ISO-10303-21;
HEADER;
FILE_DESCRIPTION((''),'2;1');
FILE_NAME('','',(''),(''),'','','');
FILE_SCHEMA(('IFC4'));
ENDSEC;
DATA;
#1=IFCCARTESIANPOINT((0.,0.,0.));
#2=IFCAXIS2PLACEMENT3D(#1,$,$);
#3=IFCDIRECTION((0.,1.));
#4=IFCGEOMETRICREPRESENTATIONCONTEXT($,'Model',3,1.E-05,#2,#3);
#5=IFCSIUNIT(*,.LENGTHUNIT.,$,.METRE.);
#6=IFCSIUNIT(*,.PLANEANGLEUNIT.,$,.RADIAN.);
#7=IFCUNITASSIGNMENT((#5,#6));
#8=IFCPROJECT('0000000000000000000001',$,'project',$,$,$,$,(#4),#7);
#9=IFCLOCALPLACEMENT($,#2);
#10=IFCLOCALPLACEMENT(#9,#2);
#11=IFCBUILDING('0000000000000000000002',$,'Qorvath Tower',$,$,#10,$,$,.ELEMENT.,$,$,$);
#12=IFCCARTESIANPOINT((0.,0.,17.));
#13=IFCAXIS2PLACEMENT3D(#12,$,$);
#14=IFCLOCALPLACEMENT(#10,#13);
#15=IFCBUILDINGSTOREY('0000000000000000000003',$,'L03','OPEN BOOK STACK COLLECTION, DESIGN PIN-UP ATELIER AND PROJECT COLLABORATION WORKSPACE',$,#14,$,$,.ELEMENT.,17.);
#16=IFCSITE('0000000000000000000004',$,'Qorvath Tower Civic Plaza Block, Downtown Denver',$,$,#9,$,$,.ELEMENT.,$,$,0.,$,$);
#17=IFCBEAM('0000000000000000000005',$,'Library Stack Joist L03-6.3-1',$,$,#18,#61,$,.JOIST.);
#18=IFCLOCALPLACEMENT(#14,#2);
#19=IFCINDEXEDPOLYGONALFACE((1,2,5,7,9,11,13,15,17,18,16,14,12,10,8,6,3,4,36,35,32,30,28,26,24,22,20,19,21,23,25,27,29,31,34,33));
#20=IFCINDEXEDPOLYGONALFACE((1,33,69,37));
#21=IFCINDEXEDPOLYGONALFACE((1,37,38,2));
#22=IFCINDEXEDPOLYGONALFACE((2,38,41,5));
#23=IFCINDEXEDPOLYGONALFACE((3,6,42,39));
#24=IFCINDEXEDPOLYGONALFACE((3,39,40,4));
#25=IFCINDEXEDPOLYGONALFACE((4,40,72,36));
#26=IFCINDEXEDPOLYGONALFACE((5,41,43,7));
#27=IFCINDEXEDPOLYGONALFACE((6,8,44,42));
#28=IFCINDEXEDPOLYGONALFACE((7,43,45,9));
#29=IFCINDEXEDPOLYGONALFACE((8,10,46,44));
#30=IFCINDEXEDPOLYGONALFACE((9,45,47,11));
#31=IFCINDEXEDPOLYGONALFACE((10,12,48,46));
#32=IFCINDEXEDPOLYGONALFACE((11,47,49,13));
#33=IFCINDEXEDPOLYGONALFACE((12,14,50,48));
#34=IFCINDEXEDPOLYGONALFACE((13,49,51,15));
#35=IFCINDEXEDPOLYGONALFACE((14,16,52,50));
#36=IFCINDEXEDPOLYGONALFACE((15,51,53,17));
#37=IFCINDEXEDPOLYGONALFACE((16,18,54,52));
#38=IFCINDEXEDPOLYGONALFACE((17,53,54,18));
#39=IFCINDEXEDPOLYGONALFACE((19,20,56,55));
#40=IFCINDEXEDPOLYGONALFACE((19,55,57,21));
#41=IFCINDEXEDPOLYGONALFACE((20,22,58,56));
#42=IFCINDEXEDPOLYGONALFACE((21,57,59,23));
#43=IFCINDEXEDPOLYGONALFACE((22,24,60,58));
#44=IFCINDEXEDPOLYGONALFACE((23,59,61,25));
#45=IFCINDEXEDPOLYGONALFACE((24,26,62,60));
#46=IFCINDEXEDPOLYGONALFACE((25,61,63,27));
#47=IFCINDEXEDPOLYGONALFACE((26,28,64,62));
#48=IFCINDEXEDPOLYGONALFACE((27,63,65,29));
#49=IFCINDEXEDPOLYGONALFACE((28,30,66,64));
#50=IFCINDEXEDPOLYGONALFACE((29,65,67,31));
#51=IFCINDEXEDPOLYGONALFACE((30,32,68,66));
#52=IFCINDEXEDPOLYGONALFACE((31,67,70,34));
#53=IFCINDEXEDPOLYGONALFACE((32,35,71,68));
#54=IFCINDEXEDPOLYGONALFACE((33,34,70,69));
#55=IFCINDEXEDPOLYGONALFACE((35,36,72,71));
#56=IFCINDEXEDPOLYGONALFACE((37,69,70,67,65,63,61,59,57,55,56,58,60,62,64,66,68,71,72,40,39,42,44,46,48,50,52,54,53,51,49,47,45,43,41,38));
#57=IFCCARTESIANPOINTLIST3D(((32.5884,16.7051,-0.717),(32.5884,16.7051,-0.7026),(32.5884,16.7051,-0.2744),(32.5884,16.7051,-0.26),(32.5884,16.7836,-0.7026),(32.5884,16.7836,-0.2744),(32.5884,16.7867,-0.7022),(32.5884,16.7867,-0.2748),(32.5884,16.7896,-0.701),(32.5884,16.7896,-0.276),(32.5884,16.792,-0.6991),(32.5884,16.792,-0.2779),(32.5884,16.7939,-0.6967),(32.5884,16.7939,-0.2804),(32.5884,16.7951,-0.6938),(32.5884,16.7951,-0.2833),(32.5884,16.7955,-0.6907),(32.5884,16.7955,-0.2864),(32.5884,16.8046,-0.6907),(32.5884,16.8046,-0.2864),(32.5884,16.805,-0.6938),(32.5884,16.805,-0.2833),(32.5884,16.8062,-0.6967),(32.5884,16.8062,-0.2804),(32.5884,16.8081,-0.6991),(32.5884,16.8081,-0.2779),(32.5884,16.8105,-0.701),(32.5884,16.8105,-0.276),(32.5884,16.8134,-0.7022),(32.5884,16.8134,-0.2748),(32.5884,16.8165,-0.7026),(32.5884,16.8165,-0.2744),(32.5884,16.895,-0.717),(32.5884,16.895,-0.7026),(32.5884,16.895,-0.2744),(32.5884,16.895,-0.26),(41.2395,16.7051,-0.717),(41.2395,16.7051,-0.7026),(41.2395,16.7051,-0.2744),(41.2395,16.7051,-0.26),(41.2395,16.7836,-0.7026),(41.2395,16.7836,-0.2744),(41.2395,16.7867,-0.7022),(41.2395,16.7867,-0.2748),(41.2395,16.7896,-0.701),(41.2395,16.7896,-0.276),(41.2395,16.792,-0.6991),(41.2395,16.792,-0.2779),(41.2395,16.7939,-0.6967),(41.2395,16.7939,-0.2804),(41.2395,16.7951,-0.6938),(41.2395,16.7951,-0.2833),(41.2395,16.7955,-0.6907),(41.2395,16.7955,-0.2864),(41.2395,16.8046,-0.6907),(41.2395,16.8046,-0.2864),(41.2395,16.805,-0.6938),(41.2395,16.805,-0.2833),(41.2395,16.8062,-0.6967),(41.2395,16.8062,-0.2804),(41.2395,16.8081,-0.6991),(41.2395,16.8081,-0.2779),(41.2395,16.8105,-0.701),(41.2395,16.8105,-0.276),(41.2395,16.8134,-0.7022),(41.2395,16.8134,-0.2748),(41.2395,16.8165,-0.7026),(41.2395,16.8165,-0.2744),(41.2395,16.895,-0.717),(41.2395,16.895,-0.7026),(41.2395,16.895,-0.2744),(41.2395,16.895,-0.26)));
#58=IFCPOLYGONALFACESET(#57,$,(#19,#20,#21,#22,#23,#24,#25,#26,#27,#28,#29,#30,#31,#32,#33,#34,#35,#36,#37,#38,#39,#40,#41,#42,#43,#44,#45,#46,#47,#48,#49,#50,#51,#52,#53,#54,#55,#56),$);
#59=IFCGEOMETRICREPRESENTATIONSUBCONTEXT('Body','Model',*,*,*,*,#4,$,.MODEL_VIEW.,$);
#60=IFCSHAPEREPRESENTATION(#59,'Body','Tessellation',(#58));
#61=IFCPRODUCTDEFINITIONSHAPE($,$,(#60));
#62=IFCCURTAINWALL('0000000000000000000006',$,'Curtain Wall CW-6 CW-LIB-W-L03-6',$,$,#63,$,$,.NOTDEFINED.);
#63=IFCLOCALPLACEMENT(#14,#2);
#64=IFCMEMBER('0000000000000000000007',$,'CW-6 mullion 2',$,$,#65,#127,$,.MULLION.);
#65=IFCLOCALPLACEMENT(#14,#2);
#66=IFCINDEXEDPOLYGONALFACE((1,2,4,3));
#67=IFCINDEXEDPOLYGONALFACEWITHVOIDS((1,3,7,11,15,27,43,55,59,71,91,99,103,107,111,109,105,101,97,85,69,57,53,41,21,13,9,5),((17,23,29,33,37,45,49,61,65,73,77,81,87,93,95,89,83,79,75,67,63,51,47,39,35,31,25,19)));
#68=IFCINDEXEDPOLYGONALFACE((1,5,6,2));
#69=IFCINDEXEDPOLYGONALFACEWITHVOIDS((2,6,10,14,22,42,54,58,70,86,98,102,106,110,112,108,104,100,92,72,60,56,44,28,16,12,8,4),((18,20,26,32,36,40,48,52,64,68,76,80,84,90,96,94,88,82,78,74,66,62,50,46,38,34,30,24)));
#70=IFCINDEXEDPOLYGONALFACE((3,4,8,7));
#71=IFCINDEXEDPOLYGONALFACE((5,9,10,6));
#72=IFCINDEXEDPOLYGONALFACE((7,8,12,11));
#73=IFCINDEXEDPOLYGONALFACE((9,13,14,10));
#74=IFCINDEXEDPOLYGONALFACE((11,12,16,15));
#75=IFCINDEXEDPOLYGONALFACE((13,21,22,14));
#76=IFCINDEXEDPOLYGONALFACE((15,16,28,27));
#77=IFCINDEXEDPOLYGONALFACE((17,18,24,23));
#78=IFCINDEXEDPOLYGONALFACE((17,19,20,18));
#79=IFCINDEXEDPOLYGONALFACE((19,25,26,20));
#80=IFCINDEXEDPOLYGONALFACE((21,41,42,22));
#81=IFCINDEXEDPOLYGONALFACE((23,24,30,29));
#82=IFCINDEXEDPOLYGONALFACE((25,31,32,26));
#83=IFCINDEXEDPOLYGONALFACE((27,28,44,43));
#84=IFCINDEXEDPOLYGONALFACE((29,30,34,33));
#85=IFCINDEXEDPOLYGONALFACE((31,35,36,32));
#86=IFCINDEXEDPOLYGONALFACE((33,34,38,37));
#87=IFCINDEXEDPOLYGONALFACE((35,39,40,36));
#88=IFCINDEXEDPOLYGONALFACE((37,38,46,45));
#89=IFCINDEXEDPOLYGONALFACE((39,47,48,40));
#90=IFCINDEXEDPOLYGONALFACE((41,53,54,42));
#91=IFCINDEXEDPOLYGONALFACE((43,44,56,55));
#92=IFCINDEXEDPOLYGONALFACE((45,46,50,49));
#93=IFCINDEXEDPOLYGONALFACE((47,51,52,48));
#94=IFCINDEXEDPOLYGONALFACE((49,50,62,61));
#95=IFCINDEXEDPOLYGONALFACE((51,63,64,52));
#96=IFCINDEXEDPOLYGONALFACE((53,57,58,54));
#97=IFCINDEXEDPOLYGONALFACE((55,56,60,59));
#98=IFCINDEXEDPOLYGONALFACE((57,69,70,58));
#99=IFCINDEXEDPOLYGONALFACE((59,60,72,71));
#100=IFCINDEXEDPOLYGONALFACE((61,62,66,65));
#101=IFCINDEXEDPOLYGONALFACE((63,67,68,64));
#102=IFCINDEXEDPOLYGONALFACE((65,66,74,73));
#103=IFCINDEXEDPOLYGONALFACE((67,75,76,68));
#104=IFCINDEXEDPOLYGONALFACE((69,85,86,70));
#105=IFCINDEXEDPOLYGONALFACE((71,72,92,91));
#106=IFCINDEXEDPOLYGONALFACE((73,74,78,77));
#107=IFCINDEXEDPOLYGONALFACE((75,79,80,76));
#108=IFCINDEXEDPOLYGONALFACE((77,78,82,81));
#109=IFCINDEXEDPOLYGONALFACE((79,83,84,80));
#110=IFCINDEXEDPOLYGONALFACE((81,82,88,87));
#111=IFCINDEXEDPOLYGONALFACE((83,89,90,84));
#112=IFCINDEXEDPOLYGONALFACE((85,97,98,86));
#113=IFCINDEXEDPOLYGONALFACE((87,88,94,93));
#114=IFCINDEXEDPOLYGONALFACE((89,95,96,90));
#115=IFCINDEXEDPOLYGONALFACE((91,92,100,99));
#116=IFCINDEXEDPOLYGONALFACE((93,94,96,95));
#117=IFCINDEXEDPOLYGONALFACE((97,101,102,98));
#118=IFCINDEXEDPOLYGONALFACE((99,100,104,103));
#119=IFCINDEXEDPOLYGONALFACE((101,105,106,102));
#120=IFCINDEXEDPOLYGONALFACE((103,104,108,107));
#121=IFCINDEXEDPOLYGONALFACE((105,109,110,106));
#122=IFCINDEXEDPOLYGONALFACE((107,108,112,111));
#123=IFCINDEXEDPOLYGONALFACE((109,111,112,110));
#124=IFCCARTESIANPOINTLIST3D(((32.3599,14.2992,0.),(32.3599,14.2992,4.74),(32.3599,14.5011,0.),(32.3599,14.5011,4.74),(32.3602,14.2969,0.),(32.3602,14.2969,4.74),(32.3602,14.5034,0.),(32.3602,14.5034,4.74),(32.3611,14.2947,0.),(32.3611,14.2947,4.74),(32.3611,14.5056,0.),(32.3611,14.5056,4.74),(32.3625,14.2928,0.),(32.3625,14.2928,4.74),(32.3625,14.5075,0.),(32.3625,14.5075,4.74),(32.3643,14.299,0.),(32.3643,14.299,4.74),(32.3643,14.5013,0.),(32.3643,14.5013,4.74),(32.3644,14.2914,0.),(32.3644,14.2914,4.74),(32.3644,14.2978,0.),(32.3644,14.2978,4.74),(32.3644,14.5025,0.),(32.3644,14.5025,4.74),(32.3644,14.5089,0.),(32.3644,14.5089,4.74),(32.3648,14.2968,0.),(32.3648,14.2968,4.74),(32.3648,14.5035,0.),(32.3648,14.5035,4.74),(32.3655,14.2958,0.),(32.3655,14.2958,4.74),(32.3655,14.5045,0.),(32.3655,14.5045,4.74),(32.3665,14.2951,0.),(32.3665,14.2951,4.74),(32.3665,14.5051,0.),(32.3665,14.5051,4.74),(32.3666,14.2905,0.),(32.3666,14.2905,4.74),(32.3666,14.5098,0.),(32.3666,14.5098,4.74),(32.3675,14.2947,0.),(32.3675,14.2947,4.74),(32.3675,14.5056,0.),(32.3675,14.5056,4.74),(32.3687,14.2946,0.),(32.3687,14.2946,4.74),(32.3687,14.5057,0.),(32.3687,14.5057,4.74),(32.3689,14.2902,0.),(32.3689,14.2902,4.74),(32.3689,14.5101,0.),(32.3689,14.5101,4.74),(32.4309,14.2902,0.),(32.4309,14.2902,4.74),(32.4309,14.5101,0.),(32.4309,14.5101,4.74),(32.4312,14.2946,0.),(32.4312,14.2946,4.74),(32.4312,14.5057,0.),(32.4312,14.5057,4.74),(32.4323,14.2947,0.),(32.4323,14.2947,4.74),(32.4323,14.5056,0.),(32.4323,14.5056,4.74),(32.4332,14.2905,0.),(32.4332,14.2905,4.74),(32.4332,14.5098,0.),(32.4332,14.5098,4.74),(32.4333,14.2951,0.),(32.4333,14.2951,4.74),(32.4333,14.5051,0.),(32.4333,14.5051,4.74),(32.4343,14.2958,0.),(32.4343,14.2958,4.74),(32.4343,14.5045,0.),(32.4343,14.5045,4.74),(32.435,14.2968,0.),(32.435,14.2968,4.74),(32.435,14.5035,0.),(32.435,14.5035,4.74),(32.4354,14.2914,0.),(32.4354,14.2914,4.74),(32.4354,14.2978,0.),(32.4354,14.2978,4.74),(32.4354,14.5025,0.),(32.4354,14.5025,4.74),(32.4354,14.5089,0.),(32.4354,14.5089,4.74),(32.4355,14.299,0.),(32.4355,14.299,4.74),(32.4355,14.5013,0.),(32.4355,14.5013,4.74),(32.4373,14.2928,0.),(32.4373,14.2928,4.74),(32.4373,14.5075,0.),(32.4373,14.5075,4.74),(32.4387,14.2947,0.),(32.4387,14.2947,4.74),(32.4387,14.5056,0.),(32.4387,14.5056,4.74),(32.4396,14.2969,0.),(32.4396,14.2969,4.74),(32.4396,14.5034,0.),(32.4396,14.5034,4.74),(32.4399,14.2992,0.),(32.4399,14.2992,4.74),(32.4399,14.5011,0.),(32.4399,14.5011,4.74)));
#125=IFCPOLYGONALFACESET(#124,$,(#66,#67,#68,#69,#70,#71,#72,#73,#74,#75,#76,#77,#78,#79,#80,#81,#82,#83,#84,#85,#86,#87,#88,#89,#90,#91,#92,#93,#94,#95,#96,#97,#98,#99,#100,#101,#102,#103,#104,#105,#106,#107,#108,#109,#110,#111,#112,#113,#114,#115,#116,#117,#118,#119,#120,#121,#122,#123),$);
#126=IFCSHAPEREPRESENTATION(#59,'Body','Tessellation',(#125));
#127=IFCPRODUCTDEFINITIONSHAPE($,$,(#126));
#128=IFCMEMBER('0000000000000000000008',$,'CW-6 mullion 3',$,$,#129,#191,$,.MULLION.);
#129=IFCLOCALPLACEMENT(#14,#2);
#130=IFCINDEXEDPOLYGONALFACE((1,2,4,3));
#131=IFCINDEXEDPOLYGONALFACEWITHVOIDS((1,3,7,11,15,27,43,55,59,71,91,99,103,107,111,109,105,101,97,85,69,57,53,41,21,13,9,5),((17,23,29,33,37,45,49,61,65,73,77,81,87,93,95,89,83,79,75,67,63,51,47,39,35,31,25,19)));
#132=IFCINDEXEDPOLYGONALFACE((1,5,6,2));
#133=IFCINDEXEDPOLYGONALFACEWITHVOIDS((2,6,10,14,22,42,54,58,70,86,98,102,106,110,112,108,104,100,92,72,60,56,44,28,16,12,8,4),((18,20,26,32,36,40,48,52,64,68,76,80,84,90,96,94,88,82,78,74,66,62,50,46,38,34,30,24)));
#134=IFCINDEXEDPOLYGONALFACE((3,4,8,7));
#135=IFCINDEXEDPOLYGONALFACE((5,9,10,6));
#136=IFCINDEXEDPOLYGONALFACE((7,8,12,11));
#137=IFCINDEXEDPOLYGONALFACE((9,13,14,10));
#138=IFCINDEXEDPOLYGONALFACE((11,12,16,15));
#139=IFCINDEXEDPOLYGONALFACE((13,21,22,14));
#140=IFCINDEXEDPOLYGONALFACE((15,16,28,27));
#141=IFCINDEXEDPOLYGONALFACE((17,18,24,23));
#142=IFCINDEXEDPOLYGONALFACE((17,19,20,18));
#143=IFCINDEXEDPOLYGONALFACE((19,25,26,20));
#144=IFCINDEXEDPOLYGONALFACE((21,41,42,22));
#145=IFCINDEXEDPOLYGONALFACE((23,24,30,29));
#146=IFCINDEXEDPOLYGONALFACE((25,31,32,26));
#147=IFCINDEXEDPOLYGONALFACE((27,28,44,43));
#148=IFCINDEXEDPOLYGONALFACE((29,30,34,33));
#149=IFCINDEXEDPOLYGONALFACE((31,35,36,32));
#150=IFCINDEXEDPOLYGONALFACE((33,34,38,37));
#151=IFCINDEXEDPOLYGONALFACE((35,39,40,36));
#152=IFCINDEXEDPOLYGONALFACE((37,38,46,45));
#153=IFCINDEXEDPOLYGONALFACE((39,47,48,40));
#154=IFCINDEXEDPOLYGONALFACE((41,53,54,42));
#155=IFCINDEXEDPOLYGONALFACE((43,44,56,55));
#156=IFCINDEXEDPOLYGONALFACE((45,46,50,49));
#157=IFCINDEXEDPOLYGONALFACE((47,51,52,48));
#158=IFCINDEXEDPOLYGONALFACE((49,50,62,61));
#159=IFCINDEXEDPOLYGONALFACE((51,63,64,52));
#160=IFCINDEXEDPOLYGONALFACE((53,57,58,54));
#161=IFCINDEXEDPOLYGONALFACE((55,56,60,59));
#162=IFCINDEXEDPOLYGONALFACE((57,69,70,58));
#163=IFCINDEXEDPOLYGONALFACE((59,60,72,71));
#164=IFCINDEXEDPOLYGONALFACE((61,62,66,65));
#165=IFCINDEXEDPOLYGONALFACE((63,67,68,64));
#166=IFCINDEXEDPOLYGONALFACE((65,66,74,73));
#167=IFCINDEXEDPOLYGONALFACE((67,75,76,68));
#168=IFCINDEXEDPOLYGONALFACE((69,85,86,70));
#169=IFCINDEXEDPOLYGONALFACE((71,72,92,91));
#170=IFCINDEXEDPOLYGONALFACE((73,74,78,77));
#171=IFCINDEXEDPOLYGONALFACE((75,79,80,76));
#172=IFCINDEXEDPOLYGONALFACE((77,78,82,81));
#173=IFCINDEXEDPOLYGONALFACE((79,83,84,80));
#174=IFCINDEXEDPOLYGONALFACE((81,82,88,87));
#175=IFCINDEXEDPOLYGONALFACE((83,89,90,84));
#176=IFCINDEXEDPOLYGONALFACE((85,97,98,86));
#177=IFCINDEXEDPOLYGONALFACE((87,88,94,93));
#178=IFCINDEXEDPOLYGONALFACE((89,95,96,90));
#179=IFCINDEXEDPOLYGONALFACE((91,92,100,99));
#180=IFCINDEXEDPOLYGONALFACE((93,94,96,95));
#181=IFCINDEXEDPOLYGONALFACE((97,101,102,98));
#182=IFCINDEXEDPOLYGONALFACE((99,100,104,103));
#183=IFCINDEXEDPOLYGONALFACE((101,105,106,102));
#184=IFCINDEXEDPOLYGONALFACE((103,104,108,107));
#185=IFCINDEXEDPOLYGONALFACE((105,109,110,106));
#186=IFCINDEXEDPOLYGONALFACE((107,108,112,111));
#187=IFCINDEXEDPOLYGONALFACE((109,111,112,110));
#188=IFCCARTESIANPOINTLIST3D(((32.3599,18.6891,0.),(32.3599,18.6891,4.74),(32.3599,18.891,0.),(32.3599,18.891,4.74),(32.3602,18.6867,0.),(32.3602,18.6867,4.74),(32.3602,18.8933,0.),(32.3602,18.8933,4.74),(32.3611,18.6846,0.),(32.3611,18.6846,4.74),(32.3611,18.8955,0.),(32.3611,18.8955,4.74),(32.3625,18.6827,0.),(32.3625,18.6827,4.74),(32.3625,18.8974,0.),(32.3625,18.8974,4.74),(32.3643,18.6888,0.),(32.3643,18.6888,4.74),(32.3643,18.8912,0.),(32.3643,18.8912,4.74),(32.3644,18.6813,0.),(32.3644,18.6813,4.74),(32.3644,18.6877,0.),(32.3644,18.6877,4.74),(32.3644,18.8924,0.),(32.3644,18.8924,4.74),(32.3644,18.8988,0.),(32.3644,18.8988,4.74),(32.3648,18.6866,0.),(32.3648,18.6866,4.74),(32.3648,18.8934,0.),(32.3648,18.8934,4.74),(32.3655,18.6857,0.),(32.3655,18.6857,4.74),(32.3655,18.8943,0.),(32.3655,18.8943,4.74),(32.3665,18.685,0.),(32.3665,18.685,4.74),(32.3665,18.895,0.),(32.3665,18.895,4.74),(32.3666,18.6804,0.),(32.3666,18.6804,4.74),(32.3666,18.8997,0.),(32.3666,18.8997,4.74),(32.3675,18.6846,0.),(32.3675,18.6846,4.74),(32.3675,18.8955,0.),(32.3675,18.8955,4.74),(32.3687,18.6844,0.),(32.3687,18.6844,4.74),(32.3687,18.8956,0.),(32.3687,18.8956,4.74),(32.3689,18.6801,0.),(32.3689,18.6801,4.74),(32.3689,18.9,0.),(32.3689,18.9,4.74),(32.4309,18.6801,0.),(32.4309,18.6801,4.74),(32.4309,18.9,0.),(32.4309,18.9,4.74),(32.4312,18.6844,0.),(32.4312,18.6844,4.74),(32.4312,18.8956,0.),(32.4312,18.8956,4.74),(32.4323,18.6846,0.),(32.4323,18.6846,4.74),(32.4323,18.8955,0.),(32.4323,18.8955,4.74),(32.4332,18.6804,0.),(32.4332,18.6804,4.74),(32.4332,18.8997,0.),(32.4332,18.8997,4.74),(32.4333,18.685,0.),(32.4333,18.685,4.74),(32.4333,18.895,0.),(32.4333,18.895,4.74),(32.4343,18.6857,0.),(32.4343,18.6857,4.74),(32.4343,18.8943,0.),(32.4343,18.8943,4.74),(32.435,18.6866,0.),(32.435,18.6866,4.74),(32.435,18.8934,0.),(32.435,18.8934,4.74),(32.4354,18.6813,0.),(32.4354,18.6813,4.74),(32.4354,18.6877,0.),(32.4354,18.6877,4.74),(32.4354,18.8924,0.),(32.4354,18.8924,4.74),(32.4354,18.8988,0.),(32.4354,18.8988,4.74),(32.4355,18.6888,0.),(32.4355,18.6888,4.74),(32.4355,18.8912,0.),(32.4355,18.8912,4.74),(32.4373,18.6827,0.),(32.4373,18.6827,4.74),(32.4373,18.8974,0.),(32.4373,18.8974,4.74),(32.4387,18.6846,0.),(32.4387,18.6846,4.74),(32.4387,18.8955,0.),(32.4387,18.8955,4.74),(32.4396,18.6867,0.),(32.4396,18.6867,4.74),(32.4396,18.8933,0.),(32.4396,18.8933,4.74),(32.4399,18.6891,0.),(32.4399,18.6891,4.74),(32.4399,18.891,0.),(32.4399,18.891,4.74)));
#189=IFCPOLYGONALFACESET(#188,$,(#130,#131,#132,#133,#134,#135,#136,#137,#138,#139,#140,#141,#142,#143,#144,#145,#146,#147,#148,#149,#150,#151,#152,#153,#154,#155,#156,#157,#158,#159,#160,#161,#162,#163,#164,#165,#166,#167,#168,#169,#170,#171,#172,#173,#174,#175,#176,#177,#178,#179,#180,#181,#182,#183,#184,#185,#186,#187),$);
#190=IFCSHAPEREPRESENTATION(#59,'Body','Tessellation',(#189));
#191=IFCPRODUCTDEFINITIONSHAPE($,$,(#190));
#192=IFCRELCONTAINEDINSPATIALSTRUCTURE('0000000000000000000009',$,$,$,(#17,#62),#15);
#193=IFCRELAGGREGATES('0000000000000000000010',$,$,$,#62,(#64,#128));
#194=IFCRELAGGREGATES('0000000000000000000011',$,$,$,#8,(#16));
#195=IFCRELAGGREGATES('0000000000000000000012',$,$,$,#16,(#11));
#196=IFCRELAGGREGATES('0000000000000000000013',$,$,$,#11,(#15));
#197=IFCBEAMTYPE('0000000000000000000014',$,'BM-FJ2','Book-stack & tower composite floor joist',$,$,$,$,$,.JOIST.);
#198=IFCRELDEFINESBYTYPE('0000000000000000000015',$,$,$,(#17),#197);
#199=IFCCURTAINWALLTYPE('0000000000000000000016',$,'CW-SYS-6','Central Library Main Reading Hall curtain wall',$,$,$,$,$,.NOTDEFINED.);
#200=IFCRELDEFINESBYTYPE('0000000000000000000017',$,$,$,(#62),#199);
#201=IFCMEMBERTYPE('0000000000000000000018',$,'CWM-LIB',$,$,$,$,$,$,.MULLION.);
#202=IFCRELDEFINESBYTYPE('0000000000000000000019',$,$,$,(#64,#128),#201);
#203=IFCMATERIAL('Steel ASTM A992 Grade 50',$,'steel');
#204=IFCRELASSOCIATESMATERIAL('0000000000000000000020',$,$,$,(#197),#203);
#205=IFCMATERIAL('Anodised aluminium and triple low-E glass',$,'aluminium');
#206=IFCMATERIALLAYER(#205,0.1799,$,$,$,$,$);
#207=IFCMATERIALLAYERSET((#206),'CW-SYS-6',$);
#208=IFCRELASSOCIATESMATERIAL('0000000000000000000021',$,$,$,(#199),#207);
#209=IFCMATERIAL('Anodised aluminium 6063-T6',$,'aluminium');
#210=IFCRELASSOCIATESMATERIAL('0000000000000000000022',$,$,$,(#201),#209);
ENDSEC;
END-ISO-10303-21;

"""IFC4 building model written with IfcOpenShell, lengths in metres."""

from ifc_helpers import new_model, si_unit, direction, frame, origin, origin_2d, place, context, subcontext, project, spatial, hollow_rectangle, i_section, extrude, material, layer, layer_set, material_profile, profile_set, type_object, element, aggregate, save


model = new_model("IFC4")

# Units and contexts
model_context = context("Model", 3, precision=1e-05, world=origin(), true_north=direction((0.0, 1.0)))
body_context = subcontext(model_context, "Body", "Model", "MODEL_VIEW")
ifc_project = project(units=[si_unit("LENGTHUNIT", "METRE"), si_unit("PLANEANGLEUNIT", "RADIAN")], contexts=[model_context])

# Site, building, storey
site_placement = place(None, origin())
site = spatial("IfcSite", under=ifc_project, at=site_placement, Name="Qorvath Tower Civic Plaza Block, Downtown Denver", CompositionType="ELEMENT", RefElevation=0.0)
building_placement = place(site_placement, origin())
building = spatial("IfcBuilding", under=site, at=building_placement, Name="Qorvath Tower", CompositionType="ELEMENT")
storey_placement = place(building_placement, frame((0.0, 0.0, 17.0)))
storey = spatial("IfcBuildingStorey", under=building, at=storey_placement, Name="L03", Description="OPEN BOOK STACK COLLECTION, DESIGN PIN-UP ATELIER AND PROJECT COLLABORATION WORKSPACE", CompositionType="ELEMENT", Elevation=17.0)

# Beam
ifc_material_1 = material(Name="Steel ASTM A992 Grade 50", Category="steel")
ifc_material_profile_1 = material_profile(ifc_material_1, i_section(OverallWidth=0.1899, OverallDepth=0.457, WebThickness=0.009, FlangeThickness=0.0144, FilletRadius=0.012, at=origin_2d()), Name="W18x50")
ifc_profile_set_1 = profile_set([ifc_material_profile_1], Name="Steel ASTM A992 Grade 50")
beam_type_1 = type_object("IfcBeamType", Name="BM-FJ2", Description="Book-stack & tower composite floor joist", PredefinedType="JOIST", material=ifc_profile_set_1)
for number, where, z_axis, x_axis, name in (
    (1, (32.5884, 16.8, -0.4885), (1.0, 0.0, 0.0), (0.0, 1.0, 0.0), "Library Stack Joist L03-6.3-1"),
):
    element("IfcBeam", number, at=place(storey_placement, frame(where, z_axis=z_axis, x_axis=x_axis)), inside=storey, type_object=beam_type_1, Name=name, PredefinedType="JOIST", context=body_context, shape_type="SweptSolid", body=[
        extrude(i_section(OverallWidth=0.1899, OverallDepth=0.457, WebThickness=0.009, FlangeThickness=0.0144, FilletRadius=0.012, at=origin_2d()), origin(), (0.0, 0.0, 1.0), 8.6511),
    ])

# Curtain wall, members
ifc_material_2 = material(Name="Anodised aluminium and triple low-E glass", Category="aluminium")
ifc_layer_1 = layer(ifc_material_2, 0.1799)
ifc_layer_set_1 = layer_set([ifc_layer_1], Name="CW-SYS-6")
curtain_wall_type = type_object("IfcCurtainWallType", Name="CW-SYS-6", Description="Central Library Main Reading Hall curtain wall", PredefinedType="NOTDEFINED", material=ifc_layer_set_1)
curtain_wall_placement = place(storey_placement, origin())
curtain_wall = element("IfcCurtainWall", 2, at=curtain_wall_placement, inside=storey, type_object=curtain_wall_type, Name="Curtain Wall CW-6 CW-LIB-W-L03-6", PredefinedType="NOTDEFINED")
ifc_material_3 = material(Name="Anodised aluminium 6063-T6", Category="aluminium")
ifc_material_profile_2 = material_profile(ifc_material_3, hollow_rectangle(XDim=0.0801, YDim=0.22, WallThickness=0.0044, InnerFilletRadius=0.0044, OuterFilletRadius=0.009, at=origin_2d()), Name="CWM LIB 220x80")
ifc_profile_set_2 = profile_set([ifc_material_profile_2], Name="Anodised aluminium 6063-T6")
member_type_1 = type_object("IfcMemberType", Name="CWM-LIB", PredefinedType="MULLION", material=ifc_profile_set_2)
member_1_placement = place(storey_placement, frame((32.3999, 14.4001, 0.0), z_axis=(0.0, 0.0, 1.0), x_axis=(-1.0, 0.0, 0.0)))
member_1 = element("IfcMember", 3, at=member_1_placement, type_object=member_type_1, Name="CW-6 mullion 2", PredefinedType="MULLION", context=body_context, shape_type="SweptSolid", body=[
    extrude(hollow_rectangle(XDim=0.0801, YDim=0.22, WallThickness=0.0044, InnerFilletRadius=0.0044, OuterFilletRadius=0.009, at=origin_2d()), origin(), (0.0, 0.0, 1.0), 4.74),
])
member_2_placement = place(storey_placement, frame((32.3999, 18.79, 0.0), z_axis=(0.0, 0.0, 1.0), x_axis=(-1.0, 0.0, 0.0)))
member_2 = element("IfcMember", 4, at=member_2_placement, type_object=member_type_1, Name="CW-6 mullion 3", PredefinedType="MULLION", context=body_context, shape_type="SweptSolid", body=[
    extrude(hollow_rectangle(XDim=0.0801, YDim=0.22, WallThickness=0.0044, InnerFilletRadius=0.0044, OuterFilletRadius=0.009, at=origin_2d()), origin(), (0.0, 0.0, 1.0), 4.74),
])
aggregate(curtain_wall, [member_1, member_2])

save(model, "model.ifc")
